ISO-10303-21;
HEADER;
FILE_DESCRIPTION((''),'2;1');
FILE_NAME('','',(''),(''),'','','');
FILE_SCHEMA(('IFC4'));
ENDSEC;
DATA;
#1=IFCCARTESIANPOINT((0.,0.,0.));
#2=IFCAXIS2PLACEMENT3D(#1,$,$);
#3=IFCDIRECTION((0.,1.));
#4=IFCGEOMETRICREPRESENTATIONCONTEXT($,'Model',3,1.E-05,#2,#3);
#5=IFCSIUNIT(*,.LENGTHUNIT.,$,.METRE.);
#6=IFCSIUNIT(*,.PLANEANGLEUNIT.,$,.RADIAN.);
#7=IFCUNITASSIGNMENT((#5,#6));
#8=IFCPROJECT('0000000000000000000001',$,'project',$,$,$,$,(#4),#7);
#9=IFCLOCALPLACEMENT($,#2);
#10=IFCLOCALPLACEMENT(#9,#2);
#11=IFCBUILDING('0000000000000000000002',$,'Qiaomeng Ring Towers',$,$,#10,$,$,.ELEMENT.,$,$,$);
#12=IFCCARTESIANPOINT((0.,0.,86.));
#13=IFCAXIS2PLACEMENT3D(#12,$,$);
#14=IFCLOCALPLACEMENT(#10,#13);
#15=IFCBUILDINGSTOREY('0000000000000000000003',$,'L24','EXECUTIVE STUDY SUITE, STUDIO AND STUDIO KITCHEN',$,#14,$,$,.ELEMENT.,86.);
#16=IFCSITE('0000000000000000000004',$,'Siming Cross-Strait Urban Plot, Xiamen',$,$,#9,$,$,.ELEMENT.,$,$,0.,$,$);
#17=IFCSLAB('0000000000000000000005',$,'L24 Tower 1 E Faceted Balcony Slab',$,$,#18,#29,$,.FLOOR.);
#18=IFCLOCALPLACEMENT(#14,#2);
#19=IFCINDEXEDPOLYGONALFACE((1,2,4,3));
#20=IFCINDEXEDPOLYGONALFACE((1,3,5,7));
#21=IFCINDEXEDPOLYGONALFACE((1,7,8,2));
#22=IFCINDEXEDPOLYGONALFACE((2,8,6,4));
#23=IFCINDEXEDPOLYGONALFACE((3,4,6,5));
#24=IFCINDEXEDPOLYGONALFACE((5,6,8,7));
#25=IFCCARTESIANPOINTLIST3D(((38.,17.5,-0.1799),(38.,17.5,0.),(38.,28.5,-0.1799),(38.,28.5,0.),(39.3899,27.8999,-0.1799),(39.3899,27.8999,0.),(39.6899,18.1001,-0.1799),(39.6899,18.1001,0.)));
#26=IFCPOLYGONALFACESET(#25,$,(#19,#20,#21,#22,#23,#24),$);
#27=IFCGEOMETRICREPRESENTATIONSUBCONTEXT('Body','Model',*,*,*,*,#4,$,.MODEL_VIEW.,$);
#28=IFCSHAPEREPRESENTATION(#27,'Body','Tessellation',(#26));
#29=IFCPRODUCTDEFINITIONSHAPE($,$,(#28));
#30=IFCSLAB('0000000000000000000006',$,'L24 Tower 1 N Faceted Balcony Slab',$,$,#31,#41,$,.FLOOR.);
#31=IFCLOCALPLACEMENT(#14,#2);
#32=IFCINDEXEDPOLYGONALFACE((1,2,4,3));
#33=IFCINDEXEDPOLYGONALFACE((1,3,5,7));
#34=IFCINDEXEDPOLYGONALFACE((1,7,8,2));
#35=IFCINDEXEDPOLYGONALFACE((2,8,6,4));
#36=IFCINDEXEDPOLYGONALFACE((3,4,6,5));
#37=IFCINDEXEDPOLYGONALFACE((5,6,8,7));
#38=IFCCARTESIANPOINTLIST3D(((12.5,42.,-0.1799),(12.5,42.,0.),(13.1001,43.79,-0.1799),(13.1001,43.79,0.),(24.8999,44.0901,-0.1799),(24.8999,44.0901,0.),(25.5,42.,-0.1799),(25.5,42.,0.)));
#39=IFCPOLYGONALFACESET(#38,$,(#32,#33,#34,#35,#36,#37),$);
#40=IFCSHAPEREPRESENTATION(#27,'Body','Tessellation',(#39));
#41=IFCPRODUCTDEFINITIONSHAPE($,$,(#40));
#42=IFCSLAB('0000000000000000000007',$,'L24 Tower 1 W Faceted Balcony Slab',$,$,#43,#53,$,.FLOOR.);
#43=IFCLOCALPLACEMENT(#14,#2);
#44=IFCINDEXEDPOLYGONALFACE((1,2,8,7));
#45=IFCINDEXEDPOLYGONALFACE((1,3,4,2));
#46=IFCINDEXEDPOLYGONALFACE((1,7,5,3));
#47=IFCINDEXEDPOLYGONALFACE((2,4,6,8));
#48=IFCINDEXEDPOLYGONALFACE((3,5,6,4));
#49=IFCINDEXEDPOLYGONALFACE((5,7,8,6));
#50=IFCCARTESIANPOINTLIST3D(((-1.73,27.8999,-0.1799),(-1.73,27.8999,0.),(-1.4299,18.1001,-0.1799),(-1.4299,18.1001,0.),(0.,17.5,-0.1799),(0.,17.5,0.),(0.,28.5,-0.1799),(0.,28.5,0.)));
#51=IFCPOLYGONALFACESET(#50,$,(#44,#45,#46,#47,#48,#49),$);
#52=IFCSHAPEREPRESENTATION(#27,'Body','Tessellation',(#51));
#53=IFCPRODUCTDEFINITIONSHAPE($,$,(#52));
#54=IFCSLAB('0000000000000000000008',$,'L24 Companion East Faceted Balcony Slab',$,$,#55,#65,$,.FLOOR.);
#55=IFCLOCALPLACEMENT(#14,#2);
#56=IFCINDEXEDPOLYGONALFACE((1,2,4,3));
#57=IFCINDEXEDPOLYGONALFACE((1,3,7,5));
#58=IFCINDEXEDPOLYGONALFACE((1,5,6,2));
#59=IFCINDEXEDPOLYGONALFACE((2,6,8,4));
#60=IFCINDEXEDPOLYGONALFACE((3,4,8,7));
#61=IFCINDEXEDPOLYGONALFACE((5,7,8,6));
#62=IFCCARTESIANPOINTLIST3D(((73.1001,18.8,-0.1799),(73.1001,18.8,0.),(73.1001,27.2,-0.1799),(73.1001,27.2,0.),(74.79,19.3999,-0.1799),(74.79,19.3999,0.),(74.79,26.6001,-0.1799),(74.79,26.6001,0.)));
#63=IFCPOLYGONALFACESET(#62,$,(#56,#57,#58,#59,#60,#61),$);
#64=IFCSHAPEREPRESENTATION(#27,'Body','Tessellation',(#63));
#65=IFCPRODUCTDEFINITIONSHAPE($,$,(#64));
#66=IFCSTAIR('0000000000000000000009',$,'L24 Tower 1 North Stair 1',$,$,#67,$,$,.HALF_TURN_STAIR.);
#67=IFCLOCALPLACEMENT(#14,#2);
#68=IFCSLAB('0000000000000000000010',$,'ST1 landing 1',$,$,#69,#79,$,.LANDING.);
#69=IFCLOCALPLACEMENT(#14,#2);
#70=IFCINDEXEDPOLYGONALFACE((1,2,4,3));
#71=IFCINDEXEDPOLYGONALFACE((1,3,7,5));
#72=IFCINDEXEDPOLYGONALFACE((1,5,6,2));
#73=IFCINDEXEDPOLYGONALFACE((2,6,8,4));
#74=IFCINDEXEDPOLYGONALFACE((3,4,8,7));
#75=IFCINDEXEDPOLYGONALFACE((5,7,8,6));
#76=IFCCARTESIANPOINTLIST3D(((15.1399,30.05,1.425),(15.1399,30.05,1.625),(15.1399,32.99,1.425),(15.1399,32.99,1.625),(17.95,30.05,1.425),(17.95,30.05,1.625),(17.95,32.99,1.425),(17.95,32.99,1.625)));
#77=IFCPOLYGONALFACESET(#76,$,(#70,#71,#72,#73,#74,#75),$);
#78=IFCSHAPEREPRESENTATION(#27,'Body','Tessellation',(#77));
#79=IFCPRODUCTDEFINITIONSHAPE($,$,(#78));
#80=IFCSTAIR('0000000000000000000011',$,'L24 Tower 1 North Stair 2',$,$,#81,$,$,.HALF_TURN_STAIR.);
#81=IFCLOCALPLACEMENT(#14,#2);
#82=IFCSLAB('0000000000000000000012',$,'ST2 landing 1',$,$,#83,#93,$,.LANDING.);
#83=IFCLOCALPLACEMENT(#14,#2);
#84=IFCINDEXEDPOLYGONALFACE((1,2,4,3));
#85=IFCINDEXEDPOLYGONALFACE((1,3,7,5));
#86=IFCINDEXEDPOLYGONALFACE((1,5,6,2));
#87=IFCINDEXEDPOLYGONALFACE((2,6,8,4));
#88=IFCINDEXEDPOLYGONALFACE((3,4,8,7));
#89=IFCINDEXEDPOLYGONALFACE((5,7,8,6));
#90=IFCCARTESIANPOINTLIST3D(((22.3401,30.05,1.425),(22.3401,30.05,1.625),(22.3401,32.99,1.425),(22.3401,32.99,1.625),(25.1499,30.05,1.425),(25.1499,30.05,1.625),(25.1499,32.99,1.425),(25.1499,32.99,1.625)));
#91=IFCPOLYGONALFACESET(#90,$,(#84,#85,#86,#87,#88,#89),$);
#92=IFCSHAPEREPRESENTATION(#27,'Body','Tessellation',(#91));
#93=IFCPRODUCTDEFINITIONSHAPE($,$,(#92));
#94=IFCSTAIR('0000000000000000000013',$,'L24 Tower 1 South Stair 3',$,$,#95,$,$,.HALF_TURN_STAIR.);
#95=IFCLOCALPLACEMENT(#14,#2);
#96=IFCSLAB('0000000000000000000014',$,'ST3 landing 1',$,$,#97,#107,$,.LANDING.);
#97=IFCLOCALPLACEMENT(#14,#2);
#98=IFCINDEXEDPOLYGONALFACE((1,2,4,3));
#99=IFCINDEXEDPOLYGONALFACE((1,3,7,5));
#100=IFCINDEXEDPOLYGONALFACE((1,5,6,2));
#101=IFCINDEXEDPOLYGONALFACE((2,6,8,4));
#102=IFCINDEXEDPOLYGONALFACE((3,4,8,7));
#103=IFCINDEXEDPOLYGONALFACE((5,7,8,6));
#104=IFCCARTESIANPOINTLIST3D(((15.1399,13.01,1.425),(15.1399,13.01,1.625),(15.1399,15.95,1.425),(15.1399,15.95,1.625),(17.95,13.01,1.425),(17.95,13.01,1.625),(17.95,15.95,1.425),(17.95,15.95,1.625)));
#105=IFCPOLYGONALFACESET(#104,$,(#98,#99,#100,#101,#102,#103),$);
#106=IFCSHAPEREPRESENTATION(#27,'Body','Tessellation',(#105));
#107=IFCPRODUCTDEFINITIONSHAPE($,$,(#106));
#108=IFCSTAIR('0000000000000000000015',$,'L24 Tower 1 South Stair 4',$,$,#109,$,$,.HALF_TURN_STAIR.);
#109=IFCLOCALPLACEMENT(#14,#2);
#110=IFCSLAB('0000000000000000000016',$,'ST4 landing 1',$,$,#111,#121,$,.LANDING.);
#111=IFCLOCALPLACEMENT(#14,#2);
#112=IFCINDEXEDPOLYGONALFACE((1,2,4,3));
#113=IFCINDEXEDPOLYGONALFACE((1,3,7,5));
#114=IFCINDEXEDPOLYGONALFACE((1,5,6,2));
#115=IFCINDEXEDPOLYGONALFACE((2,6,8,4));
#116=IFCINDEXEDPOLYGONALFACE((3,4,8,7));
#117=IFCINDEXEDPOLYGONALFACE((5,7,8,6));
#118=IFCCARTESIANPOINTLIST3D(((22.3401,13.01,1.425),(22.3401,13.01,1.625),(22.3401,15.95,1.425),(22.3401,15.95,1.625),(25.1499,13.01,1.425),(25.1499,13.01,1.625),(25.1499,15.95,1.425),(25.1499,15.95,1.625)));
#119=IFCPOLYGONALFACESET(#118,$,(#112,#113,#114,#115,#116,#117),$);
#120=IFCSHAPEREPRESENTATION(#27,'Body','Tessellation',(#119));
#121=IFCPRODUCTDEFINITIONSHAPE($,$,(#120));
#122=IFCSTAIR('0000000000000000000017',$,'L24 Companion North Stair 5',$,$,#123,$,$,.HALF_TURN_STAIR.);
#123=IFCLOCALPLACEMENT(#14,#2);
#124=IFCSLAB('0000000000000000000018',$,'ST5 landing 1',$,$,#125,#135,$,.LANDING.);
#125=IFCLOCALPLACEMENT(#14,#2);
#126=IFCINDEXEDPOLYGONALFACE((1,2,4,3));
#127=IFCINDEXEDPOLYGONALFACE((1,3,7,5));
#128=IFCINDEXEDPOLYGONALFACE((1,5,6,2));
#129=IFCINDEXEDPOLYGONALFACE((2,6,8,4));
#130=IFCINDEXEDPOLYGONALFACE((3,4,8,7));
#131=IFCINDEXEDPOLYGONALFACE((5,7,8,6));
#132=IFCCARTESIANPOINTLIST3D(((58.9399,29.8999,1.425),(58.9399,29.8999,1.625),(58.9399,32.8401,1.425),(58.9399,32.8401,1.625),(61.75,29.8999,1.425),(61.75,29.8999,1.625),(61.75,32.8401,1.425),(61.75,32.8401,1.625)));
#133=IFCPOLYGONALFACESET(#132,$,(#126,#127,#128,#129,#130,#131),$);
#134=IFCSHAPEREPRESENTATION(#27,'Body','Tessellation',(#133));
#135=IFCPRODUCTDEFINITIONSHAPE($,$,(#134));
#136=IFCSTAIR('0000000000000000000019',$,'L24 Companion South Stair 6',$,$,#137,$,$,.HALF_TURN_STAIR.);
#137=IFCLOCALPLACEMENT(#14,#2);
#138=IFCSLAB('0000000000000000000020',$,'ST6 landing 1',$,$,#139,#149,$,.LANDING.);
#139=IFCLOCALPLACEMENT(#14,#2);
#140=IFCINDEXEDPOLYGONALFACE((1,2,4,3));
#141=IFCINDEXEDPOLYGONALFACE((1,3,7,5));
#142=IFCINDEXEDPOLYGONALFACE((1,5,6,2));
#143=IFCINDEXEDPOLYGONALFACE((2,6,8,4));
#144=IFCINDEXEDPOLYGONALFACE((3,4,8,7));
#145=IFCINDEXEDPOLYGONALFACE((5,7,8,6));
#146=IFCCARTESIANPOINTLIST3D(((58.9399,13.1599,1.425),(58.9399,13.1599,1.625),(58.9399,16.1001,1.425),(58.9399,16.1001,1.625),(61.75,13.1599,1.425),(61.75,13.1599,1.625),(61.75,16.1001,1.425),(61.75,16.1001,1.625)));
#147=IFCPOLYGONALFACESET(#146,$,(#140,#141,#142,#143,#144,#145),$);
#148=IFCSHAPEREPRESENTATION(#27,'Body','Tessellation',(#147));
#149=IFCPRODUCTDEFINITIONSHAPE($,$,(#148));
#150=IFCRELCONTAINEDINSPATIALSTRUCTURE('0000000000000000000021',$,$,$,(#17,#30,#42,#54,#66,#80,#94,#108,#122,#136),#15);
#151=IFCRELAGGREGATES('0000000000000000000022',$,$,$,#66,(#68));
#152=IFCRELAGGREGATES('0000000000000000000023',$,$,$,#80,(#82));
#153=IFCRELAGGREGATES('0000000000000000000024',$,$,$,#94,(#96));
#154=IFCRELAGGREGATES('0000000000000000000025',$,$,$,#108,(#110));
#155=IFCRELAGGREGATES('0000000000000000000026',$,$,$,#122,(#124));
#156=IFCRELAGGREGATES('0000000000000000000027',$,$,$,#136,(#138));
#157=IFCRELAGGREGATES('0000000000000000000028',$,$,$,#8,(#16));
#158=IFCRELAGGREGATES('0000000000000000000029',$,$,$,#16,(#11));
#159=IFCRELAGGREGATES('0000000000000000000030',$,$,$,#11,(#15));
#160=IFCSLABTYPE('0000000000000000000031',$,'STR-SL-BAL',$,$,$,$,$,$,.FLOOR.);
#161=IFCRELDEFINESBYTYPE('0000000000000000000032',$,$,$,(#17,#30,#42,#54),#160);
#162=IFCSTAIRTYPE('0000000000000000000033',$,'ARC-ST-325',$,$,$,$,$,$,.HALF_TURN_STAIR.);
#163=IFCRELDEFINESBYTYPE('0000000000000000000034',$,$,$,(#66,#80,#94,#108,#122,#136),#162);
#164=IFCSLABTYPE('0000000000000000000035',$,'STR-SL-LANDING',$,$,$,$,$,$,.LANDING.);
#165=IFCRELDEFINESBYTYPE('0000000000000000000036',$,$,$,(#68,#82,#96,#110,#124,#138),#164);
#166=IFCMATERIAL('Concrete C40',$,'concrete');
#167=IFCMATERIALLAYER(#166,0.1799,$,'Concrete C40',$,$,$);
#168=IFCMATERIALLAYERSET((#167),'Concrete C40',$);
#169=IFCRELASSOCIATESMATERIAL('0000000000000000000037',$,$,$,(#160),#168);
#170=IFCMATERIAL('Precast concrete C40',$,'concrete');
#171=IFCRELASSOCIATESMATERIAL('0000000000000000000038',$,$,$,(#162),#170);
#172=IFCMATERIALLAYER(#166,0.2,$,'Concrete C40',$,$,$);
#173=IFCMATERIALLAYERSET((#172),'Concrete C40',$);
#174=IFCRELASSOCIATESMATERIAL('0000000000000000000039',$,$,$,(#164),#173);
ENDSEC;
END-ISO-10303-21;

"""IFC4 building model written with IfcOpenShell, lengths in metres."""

from ifc_helpers import new_model, si_unit, direction, frame, origin, place, context, subcontext, project, spatial, polyline, outline, extrude, material, layer, layer_set, type_object, element, aggregate, save


model = new_model("IFC4")

# Units and contexts
model_context = context("Model", 3, precision=1e-05, world=origin(), true_north=direction((0.0, 1.0)))
body_context = subcontext(model_context, "Body", "Model", "MODEL_VIEW")
ifc_project = project(units=[si_unit("LENGTHUNIT", "METRE"), si_unit("PLANEANGLEUNIT", "RADIAN")], contexts=[model_context])

# Site, building, storey
site_placement = place(None, origin())
site = spatial("IfcSite", under=ifc_project, at=site_placement, Name="Siming Cross-Strait Urban Plot, Xiamen", CompositionType="ELEMENT", RefElevation=0.0)
building_placement = place(site_placement, origin())
building = spatial("IfcBuilding", under=site, at=building_placement, Name="Qiaomeng Ring Towers", CompositionType="ELEMENT")
storey_placement = place(building_placement, frame((0.0, 0.0, 86.0)))
storey = spatial("IfcBuildingStorey", under=building, at=storey_placement, Name="L24", Description="EXECUTIVE STUDY SUITE, STUDIO AND STUDIO KITCHEN", CompositionType="ELEMENT", Elevation=86.0)

# Slabs
ifc_material_1 = material(Name="Concrete C40", Category="concrete")
ifc_layer_1 = layer(ifc_material_1, 0.1799, Name="Concrete C40")
ifc_layer_set_1 = layer_set([ifc_layer_1], Name="Concrete C40")
slab_type_1 = type_object("IfcSlabType", Name="STR-SL-BAL", PredefinedType="FLOOR", material=ifc_layer_set_1)
slab_1_placement = place(storey_placement, frame((0.0, 0.0, -0.1799)))
element("IfcSlab", 1, at=slab_1_placement, inside=storey, type_object=slab_type_1, Name="L24 Tower 1 E Faceted Balcony Slab", PredefinedType="FLOOR", context=body_context, shape_type="SweptSolid", body=[
    extrude(outline(polyline([(39.3899, 27.8999), (39.6899, 18.1001), (38.0, 17.5), (38.0, 28.5), (39.3899, 27.8999)])), origin(), (0.0, 0.0, 1.0), 0.1799),
])
slab_2_placement = place(storey_placement, frame((0.0, 0.0, -0.1799)))
element("IfcSlab", 2, at=slab_2_placement, inside=storey, type_object=slab_type_1, Name="L24 Tower 1 N Faceted Balcony Slab", PredefinedType="FLOOR", context=body_context, shape_type="SweptSolid", body=[
    extrude(outline(polyline([(12.5, 42.0), (13.1001, 43.79), (24.8999, 44.0901), (25.5, 42.0), (12.5, 42.0)])), origin(), (0.0, 0.0, 1.0), 0.1799),
])
slab_3_placement = place(storey_placement, frame((0.0, 0.0, -0.1799)))
element("IfcSlab", 3, at=slab_3_placement, inside=storey, type_object=slab_type_1, Name="L24 Tower 1 W Faceted Balcony Slab", PredefinedType="FLOOR", context=body_context, shape_type="SweptSolid", body=[
    extrude(outline(polyline([(0.0, 17.5), (-1.4299, 18.1001), (-1.73, 27.8999), (0.0, 28.5), (0.0, 17.5)])), origin(), (0.0, 0.0, 1.0), 0.1799),
])
slab_4_placement = place(storey_placement, frame((0.0, 0.0, -0.1799)))
element("IfcSlab", 4, at=slab_4_placement, inside=storey, type_object=slab_type_1, Name="L24 Companion East Faceted Balcony Slab", PredefinedType="FLOOR", context=body_context, shape_type="SweptSolid", body=[
    extrude(outline(polyline([(74.79, 26.6001), (74.79, 19.3999), (73.1001, 18.8), (73.1001, 27.2), (74.79, 26.6001)])), origin(), (0.0, 0.0, 1.0), 0.1799),
])

# Stairs, slabs
ifc_material_2 = material(Name="Precast concrete C40", Category="concrete")
stair_type = type_object("IfcStairType", Name="ARC-ST-325", PredefinedType="HALF_TURN_STAIR", material=ifc_material_2)
stair_1_placement = place(storey_placement, origin())
stair_1 = element("IfcStair", 5, at=stair_1_placement, inside=storey, type_object=stair_type, Name="L24 Tower 1 North Stair 1", PredefinedType="HALF_TURN_STAIR")
ifc_layer_2 = layer(ifc_material_1, 0.2, Name="Concrete C40")
ifc_layer_set_2 = layer_set([ifc_layer_2], Name="Concrete C40")
slab_type_2 = type_object("IfcSlabType", Name="STR-SL-LANDING", PredefinedType="LANDING", material=ifc_layer_set_2)
slab_5_placement = place(storey_placement, frame((0.0, 0.0, 1.425)))
slab_5 = element("IfcSlab", 6, at=slab_5_placement, type_object=slab_type_2, Name="ST1 landing 1", PredefinedType="LANDING", context=body_context, shape_type="SweptSolid", body=[
    extrude(outline(polyline([(15.1399, 30.05), (17.95, 30.05), (17.95, 32.99), (15.1399, 32.99), (15.1399, 30.05)])), origin(), (0.0, 0.0, 1.0), 0.2),
])
aggregate(stair_1, [slab_5])
stair_2_placement = place(storey_placement, origin())
stair_2 = element("IfcStair", 7, at=stair_2_placement, inside=storey, type_object=stair_type, Name="L24 Tower 1 North Stair 2", PredefinedType="HALF_TURN_STAIR")
slab_6_placement = place(storey_placement, frame((0.0, 0.0, 1.425)))
slab_6 = element("IfcSlab", 8, at=slab_6_placement, type_object=slab_type_2, Name="ST2 landing 1", PredefinedType="LANDING", context=body_context, shape_type="SweptSolid", body=[
    extrude(outline(polyline([(22.3401, 30.05), (25.1499, 30.05), (25.1499, 32.99), (22.3401, 32.99), (22.3401, 30.05)])), origin(), (0.0, 0.0, 1.0), 0.2),
])
aggregate(stair_2, [slab_6])
stair_3_placement = place(storey_placement, origin())
stair_3 = element("IfcStair", 9, at=stair_3_placement, inside=storey, type_object=stair_type, Name="L24 Tower 1 South Stair 3", PredefinedType="HALF_TURN_STAIR")
slab_7_placement = place(storey_placement, frame((0.0, 0.0, 1.425)))
slab_7 = element("IfcSlab", 10, at=slab_7_placement, type_object=slab_type_2, Name="ST3 landing 1", PredefinedType="LANDING", context=body_context, shape_type="SweptSolid", body=[
    extrude(outline(polyline([(15.1399, 13.01), (17.95, 13.01), (17.95, 15.95), (15.1399, 15.95), (15.1399, 13.01)])), origin(), (0.0, 0.0, 1.0), 0.2),
])
aggregate(stair_3, [slab_7])
stair_4_placement = place(storey_placement, origin())
stair_4 = element("IfcStair", 11, at=stair_4_placement, inside=storey, type_object=stair_type, Name="L24 Tower 1 South Stair 4", PredefinedType="HALF_TURN_STAIR")
slab_8_placement = place(storey_placement, frame((0.0, 0.0, 1.425)))
slab_8 = element("IfcSlab", 12, at=slab_8_placement, type_object=slab_type_2, Name="ST4 landing 1", PredefinedType="LANDING", context=body_context, shape_type="SweptSolid", body=[
    extrude(outline(polyline([(22.3401, 13.01), (25.1499, 13.01), (25.1499, 15.95), (22.3401, 15.95), (22.3401, 13.01)])), origin(), (0.0, 0.0, 1.0), 0.2),
])
aggregate(stair_4, [slab_8])
stair_5_placement = place(storey_placement, origin())
stair_5 = element("IfcStair", 13, at=stair_5_placement, inside=storey, type_object=stair_type, Name="L24 Companion North Stair 5", PredefinedType="HALF_TURN_STAIR")
slab_9_placement = place(storey_placement, frame((0.0, 0.0, 1.425)))
slab_9 = element("IfcSlab", 14, at=slab_9_placement, type_object=slab_type_2, Name="ST5 landing 1", PredefinedType="LANDING", context=body_context, shape_type="SweptSolid", body=[
    extrude(outline(polyline([(58.9399, 29.8999), (61.75, 29.8999), (61.75, 32.8401), (58.9399, 32.8401), (58.9399, 29.8999)])), origin(), (0.0, 0.0, 1.0), 0.2),
])
aggregate(stair_5, [slab_9])
stair_6_placement = place(storey_placement, origin())
stair_6 = element("IfcStair", 15, at=stair_6_placement, inside=storey, type_object=stair_type, Name="L24 Companion South Stair 6", PredefinedType="HALF_TURN_STAIR")
slab_10_placement = place(storey_placement, frame((0.0, 0.0, 1.425)))
slab_10 = element("IfcSlab", 16, at=slab_10_placement, type_object=slab_type_2, Name="ST6 landing 1", PredefinedType="LANDING", context=body_context, shape_type="SweptSolid", body=[
    extrude(outline(polyline([(58.9399, 13.1599), (61.75, 13.1599), (61.75, 16.1001), (58.9399, 16.1001), (58.9399, 13.1599)])), origin(), (0.0, 0.0, 1.0), 0.2),
])
aggregate(stair_6, [slab_10])

save(model, "model.ifc")
